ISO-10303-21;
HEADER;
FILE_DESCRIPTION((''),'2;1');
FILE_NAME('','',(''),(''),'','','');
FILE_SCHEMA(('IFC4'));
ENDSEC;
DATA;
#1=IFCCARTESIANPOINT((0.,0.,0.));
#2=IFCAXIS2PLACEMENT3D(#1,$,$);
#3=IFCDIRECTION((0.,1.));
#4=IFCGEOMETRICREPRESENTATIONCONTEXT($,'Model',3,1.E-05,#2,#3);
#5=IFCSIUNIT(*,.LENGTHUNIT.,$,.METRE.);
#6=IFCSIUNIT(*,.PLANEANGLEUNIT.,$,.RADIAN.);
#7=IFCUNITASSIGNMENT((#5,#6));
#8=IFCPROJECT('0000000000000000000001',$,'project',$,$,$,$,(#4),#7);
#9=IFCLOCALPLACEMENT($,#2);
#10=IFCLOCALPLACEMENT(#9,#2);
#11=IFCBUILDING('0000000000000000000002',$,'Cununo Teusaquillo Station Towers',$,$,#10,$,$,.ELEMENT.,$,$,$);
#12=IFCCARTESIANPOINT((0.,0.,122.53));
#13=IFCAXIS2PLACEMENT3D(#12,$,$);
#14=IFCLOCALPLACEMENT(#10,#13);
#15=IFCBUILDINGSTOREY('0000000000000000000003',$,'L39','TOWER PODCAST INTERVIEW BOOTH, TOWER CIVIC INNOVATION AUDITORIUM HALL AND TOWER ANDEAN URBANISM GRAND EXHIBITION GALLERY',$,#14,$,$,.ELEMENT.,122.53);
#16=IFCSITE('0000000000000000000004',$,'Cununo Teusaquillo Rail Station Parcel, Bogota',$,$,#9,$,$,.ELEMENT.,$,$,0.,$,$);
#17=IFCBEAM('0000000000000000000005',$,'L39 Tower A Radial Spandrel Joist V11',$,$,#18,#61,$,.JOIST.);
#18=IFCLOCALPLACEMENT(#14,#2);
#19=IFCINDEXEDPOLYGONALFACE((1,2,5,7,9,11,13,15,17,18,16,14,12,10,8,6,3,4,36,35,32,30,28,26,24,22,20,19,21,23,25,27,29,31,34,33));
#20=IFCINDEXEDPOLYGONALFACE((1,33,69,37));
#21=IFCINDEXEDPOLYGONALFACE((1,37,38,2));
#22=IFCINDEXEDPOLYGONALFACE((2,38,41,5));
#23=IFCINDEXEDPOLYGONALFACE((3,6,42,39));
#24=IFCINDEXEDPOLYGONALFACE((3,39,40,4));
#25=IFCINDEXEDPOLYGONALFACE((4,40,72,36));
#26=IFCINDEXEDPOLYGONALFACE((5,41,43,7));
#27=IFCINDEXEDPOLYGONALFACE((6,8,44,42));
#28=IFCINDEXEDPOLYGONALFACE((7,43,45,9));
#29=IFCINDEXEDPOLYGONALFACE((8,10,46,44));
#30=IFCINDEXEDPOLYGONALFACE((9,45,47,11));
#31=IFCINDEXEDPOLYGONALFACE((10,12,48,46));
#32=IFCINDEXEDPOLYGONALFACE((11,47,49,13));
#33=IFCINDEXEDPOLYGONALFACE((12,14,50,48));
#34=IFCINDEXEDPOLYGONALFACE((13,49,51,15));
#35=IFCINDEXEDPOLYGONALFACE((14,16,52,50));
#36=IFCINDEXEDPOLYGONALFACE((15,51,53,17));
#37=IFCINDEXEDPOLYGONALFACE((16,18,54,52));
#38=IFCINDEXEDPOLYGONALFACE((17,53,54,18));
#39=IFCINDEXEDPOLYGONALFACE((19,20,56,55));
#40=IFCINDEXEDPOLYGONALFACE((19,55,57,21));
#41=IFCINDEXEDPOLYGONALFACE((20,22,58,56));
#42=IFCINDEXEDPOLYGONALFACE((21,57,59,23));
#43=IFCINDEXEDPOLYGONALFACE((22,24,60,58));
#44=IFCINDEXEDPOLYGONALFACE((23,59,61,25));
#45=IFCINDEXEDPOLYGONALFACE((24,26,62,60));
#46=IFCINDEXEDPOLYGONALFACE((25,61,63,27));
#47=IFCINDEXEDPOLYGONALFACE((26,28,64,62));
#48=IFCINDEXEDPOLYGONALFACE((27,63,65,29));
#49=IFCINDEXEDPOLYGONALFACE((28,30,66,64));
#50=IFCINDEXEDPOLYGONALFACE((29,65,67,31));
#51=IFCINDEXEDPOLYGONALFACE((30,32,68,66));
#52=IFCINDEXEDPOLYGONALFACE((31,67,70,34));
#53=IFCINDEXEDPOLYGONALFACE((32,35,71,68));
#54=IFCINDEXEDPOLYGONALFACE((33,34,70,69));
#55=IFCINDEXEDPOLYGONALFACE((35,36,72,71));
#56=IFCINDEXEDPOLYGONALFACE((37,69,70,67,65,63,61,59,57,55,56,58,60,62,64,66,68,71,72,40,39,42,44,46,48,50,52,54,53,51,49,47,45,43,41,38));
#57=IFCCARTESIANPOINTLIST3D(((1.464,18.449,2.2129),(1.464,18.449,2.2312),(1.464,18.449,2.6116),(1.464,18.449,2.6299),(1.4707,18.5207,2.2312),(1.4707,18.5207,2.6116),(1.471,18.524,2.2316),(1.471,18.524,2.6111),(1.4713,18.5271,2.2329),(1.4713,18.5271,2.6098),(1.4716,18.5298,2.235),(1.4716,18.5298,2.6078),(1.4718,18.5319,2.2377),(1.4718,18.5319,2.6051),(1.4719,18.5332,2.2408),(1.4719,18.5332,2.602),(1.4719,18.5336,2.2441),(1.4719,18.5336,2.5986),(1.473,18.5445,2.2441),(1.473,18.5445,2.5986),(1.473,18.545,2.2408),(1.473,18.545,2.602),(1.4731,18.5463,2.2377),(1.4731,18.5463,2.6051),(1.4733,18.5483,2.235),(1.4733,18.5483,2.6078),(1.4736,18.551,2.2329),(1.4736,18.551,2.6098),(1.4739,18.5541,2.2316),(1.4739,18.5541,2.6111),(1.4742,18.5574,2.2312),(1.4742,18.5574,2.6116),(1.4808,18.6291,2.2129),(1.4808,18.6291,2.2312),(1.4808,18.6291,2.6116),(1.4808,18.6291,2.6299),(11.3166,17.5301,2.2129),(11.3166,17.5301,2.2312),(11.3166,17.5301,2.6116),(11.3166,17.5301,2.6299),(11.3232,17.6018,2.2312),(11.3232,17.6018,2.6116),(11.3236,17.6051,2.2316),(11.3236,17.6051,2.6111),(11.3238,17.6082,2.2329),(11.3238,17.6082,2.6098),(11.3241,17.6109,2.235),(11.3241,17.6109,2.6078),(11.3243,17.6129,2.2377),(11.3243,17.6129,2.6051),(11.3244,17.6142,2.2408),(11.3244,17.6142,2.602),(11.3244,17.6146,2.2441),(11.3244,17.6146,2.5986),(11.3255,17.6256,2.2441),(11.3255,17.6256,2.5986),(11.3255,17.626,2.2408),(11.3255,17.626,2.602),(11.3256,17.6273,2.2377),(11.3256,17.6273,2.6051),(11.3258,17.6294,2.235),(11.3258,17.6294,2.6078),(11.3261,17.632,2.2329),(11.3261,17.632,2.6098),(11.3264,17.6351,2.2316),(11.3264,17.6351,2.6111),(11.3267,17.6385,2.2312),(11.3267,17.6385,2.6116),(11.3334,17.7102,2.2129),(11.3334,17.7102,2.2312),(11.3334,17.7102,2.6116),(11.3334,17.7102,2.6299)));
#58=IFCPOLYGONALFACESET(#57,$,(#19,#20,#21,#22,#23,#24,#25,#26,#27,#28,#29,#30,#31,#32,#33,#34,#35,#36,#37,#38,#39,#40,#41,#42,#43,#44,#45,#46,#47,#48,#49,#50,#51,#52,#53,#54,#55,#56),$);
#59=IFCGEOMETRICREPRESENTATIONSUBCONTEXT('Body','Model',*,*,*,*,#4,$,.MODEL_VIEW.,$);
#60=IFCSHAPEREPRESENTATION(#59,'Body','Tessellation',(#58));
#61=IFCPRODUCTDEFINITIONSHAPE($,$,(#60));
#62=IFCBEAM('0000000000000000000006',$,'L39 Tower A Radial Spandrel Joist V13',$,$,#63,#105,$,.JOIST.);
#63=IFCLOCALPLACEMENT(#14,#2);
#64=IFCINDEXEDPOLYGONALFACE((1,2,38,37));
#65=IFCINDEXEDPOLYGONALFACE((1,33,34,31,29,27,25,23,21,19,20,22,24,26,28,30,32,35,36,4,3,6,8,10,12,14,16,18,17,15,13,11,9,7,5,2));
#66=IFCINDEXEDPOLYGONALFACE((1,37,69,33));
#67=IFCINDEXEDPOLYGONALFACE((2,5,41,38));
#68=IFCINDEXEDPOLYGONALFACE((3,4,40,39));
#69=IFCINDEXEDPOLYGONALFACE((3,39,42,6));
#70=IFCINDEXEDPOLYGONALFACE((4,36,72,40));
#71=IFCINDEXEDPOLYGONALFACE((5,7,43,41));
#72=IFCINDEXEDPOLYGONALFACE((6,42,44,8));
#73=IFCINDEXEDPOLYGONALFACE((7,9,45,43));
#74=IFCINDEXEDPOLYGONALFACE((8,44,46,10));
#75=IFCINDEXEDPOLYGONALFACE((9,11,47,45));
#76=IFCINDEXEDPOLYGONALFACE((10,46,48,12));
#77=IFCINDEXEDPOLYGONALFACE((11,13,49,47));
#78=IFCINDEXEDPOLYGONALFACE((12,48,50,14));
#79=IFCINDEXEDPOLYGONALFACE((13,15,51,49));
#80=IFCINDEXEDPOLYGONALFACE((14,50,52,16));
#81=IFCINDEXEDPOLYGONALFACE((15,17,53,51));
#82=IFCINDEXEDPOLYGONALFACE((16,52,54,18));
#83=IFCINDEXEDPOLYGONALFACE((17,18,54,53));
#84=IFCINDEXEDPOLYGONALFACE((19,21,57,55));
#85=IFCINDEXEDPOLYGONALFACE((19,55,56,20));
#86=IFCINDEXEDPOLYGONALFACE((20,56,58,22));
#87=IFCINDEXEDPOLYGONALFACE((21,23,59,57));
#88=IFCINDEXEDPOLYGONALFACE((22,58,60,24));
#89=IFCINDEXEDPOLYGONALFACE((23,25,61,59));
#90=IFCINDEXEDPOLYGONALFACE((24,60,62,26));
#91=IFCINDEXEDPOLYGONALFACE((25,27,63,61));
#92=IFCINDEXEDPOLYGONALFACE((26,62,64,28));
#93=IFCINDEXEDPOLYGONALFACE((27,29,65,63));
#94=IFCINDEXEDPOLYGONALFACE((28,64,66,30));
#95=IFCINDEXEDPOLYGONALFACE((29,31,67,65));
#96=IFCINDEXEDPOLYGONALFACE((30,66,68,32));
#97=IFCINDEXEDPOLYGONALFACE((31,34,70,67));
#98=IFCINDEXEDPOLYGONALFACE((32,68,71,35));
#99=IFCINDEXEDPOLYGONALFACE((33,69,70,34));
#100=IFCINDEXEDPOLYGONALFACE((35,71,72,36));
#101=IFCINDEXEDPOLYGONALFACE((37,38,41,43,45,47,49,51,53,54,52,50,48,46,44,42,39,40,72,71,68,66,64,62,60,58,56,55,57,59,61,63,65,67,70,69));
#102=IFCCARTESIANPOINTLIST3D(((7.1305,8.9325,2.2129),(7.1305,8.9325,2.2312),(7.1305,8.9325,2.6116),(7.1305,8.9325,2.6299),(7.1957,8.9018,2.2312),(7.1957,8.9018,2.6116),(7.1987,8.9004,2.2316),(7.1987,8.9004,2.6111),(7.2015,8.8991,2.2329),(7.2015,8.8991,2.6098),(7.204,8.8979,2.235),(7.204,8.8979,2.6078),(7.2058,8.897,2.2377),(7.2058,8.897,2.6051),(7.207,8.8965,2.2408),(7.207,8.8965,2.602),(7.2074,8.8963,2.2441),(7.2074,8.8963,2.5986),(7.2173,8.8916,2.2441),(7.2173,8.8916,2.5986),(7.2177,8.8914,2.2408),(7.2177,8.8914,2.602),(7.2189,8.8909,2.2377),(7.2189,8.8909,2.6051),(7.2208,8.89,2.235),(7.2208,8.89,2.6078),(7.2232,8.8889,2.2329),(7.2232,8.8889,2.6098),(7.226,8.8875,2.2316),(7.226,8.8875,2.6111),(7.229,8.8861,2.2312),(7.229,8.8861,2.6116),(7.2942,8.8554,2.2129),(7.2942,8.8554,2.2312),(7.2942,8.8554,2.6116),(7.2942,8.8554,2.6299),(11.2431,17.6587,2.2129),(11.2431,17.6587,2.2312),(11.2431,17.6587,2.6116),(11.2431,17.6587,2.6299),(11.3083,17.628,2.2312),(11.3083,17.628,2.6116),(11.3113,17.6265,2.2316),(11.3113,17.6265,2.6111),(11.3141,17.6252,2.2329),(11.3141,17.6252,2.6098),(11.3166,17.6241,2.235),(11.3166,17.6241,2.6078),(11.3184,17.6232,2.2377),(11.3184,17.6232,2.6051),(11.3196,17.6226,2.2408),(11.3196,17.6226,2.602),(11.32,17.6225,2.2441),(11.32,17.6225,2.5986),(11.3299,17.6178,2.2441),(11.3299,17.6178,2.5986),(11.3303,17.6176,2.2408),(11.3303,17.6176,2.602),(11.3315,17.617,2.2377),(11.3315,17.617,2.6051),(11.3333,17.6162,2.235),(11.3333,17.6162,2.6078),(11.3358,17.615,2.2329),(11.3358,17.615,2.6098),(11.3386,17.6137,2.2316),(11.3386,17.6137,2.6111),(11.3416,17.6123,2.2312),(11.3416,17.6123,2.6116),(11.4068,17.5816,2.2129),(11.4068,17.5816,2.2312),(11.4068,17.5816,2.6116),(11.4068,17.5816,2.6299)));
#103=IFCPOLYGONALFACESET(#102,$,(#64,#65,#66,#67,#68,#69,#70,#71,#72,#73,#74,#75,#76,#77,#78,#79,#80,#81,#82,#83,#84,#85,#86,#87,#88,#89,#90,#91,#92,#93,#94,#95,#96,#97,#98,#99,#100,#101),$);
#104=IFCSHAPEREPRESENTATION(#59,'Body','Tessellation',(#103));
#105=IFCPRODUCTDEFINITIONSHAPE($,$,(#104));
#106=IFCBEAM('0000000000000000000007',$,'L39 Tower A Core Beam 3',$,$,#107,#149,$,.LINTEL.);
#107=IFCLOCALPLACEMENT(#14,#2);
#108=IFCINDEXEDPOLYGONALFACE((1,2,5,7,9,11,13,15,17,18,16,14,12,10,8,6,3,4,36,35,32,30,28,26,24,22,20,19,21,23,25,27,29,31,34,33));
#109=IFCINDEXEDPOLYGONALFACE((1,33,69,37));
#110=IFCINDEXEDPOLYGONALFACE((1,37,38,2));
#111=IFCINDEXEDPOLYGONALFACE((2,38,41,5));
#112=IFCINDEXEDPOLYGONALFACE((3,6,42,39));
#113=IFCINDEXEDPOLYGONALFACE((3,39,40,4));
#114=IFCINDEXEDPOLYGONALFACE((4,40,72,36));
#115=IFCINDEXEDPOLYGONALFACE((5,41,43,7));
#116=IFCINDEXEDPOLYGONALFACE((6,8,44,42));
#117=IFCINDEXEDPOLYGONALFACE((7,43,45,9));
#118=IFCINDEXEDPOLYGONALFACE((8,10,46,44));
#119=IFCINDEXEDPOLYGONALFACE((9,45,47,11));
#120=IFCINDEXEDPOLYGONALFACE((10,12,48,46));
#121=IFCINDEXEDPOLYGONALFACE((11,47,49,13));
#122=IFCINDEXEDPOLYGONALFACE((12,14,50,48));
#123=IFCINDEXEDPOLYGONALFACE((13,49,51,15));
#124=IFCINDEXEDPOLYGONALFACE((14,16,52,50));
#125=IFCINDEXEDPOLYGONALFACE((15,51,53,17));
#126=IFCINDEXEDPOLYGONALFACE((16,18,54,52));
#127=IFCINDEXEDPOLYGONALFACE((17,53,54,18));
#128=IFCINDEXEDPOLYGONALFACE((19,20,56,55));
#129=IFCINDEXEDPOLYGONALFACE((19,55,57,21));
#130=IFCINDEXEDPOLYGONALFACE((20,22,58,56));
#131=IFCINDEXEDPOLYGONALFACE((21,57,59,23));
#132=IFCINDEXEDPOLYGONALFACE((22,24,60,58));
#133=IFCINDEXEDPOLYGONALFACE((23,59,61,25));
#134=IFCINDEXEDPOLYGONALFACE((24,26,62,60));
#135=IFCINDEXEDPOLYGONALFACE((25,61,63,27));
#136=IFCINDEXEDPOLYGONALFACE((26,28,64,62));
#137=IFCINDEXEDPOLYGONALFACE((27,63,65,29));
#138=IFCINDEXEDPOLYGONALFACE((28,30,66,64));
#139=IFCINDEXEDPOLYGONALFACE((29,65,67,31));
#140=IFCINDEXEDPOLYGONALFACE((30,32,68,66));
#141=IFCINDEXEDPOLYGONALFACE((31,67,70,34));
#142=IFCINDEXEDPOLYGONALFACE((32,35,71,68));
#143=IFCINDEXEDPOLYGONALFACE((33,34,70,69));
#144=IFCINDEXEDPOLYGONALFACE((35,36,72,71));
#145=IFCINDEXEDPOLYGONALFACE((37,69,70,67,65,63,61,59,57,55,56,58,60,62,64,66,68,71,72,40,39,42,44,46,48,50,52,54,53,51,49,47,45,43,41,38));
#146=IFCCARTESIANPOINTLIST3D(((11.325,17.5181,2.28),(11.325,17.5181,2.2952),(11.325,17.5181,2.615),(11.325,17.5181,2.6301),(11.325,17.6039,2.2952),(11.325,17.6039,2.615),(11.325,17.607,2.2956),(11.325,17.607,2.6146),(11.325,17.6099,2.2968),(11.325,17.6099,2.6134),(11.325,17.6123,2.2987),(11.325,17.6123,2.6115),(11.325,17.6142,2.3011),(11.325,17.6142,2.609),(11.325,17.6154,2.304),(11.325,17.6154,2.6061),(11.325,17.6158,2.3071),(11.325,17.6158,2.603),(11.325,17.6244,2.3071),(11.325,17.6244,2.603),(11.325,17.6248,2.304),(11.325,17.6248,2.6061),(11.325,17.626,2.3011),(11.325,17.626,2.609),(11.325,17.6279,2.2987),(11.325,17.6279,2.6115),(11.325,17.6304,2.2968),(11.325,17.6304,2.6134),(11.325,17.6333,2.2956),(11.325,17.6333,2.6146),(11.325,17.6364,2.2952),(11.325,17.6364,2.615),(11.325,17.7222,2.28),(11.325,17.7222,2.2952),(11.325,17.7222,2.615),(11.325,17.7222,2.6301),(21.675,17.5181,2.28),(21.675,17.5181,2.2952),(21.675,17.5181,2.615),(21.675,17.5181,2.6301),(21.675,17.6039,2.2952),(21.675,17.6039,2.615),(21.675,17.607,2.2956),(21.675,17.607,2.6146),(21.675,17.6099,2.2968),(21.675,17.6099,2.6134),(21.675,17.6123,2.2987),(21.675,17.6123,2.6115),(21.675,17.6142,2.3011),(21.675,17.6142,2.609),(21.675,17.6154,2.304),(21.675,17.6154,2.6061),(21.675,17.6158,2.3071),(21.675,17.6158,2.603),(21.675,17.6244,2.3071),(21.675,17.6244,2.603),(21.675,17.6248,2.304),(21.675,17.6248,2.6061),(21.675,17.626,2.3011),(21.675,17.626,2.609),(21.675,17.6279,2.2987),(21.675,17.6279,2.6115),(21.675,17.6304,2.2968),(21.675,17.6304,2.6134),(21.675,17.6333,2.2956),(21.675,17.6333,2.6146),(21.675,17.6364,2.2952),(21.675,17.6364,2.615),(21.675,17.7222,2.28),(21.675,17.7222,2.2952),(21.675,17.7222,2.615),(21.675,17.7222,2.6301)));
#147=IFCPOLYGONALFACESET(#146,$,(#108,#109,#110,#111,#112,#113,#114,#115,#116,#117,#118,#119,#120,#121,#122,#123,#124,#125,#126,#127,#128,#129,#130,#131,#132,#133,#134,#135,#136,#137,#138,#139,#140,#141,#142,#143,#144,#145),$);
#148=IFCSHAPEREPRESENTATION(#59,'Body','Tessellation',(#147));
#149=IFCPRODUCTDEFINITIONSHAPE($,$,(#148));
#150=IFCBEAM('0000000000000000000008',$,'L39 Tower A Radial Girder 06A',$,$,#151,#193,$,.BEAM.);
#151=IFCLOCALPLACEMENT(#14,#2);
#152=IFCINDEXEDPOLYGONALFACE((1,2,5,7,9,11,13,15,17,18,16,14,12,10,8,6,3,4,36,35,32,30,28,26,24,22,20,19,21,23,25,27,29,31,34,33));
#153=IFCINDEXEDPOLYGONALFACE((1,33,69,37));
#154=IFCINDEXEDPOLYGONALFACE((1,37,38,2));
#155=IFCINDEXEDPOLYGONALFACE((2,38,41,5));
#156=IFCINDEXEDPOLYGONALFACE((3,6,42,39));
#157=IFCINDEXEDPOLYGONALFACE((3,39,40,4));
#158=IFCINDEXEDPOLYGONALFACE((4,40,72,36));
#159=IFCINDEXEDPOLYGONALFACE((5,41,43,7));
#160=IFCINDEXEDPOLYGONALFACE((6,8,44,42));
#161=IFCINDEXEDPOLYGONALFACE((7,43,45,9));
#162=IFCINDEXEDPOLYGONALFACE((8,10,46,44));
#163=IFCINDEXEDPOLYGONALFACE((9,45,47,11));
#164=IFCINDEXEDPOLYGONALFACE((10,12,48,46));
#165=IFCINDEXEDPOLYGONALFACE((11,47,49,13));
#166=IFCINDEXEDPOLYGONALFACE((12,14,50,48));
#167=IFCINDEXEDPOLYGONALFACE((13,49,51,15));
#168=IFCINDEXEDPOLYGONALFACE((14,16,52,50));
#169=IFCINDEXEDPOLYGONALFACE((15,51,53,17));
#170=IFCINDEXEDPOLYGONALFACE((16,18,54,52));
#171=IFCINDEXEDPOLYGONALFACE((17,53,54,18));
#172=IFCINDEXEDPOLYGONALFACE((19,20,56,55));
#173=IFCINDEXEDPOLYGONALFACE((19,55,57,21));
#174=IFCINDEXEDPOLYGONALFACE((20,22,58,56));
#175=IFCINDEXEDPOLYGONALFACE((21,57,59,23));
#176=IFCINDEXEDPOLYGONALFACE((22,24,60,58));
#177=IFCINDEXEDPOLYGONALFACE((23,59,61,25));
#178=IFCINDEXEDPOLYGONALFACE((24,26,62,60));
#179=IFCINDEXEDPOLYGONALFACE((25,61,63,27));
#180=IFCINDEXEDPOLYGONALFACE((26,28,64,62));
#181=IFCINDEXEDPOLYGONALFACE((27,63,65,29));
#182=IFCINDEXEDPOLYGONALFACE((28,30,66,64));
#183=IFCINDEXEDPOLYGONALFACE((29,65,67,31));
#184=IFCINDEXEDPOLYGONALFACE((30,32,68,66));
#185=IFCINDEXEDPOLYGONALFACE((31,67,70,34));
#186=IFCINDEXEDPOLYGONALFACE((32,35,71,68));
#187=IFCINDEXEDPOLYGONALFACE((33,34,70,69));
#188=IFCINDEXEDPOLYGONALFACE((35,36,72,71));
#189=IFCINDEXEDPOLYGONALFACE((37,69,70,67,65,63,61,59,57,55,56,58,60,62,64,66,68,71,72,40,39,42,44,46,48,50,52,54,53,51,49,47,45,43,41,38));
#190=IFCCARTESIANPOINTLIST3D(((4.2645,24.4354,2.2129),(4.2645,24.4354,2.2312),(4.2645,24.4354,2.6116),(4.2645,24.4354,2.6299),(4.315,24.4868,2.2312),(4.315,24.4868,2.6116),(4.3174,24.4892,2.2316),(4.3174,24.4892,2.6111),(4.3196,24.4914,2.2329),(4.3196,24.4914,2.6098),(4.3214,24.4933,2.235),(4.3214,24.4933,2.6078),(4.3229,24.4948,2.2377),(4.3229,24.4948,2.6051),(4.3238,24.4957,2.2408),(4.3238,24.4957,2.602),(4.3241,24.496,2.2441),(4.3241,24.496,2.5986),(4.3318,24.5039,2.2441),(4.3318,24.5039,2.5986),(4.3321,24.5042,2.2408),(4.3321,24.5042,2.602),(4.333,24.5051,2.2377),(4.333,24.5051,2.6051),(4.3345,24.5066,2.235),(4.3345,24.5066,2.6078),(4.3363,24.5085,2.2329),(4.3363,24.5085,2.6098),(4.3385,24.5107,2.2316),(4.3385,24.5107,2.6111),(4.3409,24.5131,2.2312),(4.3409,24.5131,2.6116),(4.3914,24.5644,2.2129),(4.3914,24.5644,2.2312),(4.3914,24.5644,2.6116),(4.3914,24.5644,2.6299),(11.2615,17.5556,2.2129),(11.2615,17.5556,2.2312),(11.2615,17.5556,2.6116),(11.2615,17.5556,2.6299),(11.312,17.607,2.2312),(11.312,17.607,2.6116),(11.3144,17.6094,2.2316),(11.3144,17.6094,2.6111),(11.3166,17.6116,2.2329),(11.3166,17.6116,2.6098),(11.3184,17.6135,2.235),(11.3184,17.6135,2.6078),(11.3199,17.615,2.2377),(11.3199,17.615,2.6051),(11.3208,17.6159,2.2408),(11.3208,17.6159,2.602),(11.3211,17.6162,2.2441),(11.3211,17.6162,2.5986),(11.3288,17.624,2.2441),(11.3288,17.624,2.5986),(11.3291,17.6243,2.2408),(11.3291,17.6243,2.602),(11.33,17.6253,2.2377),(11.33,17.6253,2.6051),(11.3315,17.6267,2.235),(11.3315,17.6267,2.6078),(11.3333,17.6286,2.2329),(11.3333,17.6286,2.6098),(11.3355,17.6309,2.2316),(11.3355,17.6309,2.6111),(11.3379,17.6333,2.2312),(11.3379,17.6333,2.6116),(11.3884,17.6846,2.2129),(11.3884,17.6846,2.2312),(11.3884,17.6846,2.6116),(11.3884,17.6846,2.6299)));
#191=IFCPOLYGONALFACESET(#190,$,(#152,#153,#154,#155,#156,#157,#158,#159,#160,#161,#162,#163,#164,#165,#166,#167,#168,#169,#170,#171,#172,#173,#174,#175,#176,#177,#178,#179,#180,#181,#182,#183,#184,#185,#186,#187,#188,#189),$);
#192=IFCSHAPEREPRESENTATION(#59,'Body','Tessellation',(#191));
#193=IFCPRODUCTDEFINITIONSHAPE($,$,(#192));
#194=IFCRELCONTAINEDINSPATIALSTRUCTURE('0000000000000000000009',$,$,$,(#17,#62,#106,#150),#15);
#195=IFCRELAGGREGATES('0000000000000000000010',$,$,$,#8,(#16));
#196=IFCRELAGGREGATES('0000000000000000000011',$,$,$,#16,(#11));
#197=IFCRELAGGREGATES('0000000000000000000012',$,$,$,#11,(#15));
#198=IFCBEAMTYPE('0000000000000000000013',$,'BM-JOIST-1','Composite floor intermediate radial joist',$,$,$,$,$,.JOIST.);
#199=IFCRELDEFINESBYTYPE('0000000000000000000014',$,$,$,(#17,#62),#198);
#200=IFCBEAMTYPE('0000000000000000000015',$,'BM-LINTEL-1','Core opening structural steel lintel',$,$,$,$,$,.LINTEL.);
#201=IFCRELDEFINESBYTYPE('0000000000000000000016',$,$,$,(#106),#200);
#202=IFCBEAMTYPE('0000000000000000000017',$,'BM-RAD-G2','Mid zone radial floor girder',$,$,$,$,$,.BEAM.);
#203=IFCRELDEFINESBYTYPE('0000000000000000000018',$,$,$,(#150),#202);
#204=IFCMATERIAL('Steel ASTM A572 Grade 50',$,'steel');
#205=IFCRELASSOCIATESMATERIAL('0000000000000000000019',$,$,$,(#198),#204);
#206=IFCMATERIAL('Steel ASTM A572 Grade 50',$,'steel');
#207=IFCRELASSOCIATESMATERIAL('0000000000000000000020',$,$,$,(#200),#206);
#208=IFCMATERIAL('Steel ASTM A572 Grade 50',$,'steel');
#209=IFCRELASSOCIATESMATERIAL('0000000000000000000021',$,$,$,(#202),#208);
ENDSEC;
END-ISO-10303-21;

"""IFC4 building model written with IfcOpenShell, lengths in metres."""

from ifc_helpers import new_model, si_unit, direction, frame, origin, origin_2d, place, context, subcontext, project, spatial, i_section, extrude, material, material_profile, profile_set, type_object, element, save


model = new_model("IFC4")

# Units and contexts
model_context = context("Model", 3, precision=1e-05, world=origin(), true_north=direction((0.0, 1.0)))
body_context = subcontext(model_context, "Body", "Model", "MODEL_VIEW")
ifc_project = project(units=[si_unit("LENGTHUNIT", "METRE"), si_unit("PLANEANGLEUNIT", "RADIAN")], contexts=[model_context])

# Site, building, storey
site_placement = place(None, origin())
site = spatial("IfcSite", under=ifc_project, at=site_placement, Name="Cununo Teusaquillo Rail Station Parcel, Bogota", CompositionType="ELEMENT", RefElevation=0.0)
building_placement = place(site_placement, origin())
building = spatial("IfcBuilding", under=site, at=building_placement, Name="Cununo Teusaquillo Station Towers", CompositionType="ELEMENT")
storey_placement = place(building_placement, frame((0.0, 0.0, 122.53)))
storey = spatial("IfcBuildingStorey", under=building, at=storey_placement, Name="L39", Description="TOWER PODCAST INTERVIEW BOOTH, TOWER CIVIC INNOVATION AUDITORIUM HALL AND TOWER ANDEAN URBANISM GRAND EXHIBITION GALLERY", CompositionType="ELEMENT", Elevation=122.53)

# Beams
ifc_material_1 = material(Name="Steel ASTM A572 Grade 50", Category="steel")
ifc_material_profile_1 = material_profile(ifc_material_1, i_section(OverallWidth=0.1809, OverallDepth=0.417, WebThickness=0.011, FlangeThickness=0.0183, FilletRadius=0.0129, at=origin_2d()), Name="W16X57")
ifc_profile_set_1 = profile_set([ifc_material_profile_1], Name="Steel ASTM A572 Grade 50")
beam_type_1 = type_object("IfcBeamType", Name="BM-JOIST-1", Description="Composite floor intermediate radial joist", PredefinedType="JOIST", material=ifc_profile_set_1)
beam_1_placement = place(storey_placement, frame((11.325, 17.6201, 2.4214), z_axis=(-0.995679, 0.092867, 0.0), x_axis=(-0.092867, -0.995679, 0.0)))
element("IfcBeam", 1, at=beam_1_placement, inside=storey, type_object=beam_type_1, Name="L39 Tower A Radial Spandrel Joist V11", PredefinedType="JOIST", context=body_context, shape_type="SweptSolid", body=[
    extrude(i_section(OverallWidth=0.1809, OverallDepth=0.417, WebThickness=0.011, FlangeThickness=0.0183, FilletRadius=0.0129, at=origin_2d()), origin(), (0.0, 0.0, 1.0), 9.8953),
])
beam_2_placement = place(storey_placement, frame((11.325, 17.6201, 2.4214), z_axis=(-0.42632, -0.904572, 0.0), x_axis=(0.904572, -0.42632, 0.0)))
element("IfcBeam", 2, at=beam_2_placement, inside=storey, type_object=beam_type_1, Name="L39 Tower A Radial Spandrel Joist V13", PredefinedType="JOIST", context=body_context, shape_type="SweptSolid", body=[
    extrude(i_section(OverallWidth=0.1809, OverallDepth=0.417, WebThickness=0.011, FlangeThickness=0.0183, FilletRadius=0.0129, at=origin_2d()), origin(), (0.0, 0.0, 1.0), 9.6467),
])
ifc_material_2 = material(Name="Steel ASTM A572 Grade 50", Category="steel")
ifc_material_profile_2 = material_profile(ifc_material_2, i_section(OverallWidth=0.2041, OverallDepth=0.3501, WebThickness=0.0085, FlangeThickness=0.0151, FilletRadius=0.012, at=origin_2d()), Name="W14X48")
ifc_profile_set_2 = profile_set([ifc_material_profile_2], Name="Steel ASTM A572 Grade 50")
beam_type_2 = type_object("IfcBeamType", Name="BM-LINTEL-1", Description="Core opening structural steel lintel", PredefinedType="LINTEL", material=ifc_profile_set_2)
beam_3_placement = place(storey_placement, frame((11.325, 17.6201, 2.4551), z_axis=(1.0, 0.0, 0.0), x_axis=(0.0, 1.0, 0.0)))
element("IfcBeam", 3, at=beam_3_placement, inside=storey, type_object=beam_type_2, Name="L39 Tower A Core Beam 3", PredefinedType="LINTEL", context=body_context, shape_type="SweptSolid", body=[
    extrude(i_section(OverallWidth=0.2041, OverallDepth=0.3501, WebThickness=0.0085, FlangeThickness=0.0151, FilletRadius=0.012, at=origin_2d()), origin(), (0.0, 0.0, 1.0), 10.3501),
])
ifc_material_3 = material(Name="Steel ASTM A572 Grade 50", Category="steel")
ifc_material_profile_3 = material_profile(ifc_material_3, i_section(OverallWidth=0.1809, OverallDepth=0.417, WebThickness=0.011, FlangeThickness=0.0183, FilletRadius=0.0129, at=origin_2d()), Name="W16X57")
ifc_profile_set_3 = profile_set([ifc_material_profile_3], Name="Steel ASTM A572 Grade 50")
beam_type_3 = type_object("IfcBeamType", Name="BM-RAD-G2", Description="Mid zone radial floor girder", PredefinedType="BEAM", material=ifc_profile_set_3)
beam_4_placement = place(storey_placement, frame((11.325, 17.6201, 2.4214), z_axis=(-0.713053, 0.70111, 0.0), x_axis=(-0.70111, -0.713053, 0.0)))
element("IfcBeam", 4, at=beam_4_placement, inside=storey, type_object=beam_type_3, Name="L39 Tower A Radial Girder 06A", PredefinedType="BEAM", context=body_context, shape_type="SweptSolid", body=[
    extrude(i_section(OverallWidth=0.1809, OverallDepth=0.417, WebThickness=0.011, FlangeThickness=0.0183, FilletRadius=0.0129, at=origin_2d()), origin(), (0.0, 0.0, 1.0), 9.8127),
])

save(model, "model.ifc")
